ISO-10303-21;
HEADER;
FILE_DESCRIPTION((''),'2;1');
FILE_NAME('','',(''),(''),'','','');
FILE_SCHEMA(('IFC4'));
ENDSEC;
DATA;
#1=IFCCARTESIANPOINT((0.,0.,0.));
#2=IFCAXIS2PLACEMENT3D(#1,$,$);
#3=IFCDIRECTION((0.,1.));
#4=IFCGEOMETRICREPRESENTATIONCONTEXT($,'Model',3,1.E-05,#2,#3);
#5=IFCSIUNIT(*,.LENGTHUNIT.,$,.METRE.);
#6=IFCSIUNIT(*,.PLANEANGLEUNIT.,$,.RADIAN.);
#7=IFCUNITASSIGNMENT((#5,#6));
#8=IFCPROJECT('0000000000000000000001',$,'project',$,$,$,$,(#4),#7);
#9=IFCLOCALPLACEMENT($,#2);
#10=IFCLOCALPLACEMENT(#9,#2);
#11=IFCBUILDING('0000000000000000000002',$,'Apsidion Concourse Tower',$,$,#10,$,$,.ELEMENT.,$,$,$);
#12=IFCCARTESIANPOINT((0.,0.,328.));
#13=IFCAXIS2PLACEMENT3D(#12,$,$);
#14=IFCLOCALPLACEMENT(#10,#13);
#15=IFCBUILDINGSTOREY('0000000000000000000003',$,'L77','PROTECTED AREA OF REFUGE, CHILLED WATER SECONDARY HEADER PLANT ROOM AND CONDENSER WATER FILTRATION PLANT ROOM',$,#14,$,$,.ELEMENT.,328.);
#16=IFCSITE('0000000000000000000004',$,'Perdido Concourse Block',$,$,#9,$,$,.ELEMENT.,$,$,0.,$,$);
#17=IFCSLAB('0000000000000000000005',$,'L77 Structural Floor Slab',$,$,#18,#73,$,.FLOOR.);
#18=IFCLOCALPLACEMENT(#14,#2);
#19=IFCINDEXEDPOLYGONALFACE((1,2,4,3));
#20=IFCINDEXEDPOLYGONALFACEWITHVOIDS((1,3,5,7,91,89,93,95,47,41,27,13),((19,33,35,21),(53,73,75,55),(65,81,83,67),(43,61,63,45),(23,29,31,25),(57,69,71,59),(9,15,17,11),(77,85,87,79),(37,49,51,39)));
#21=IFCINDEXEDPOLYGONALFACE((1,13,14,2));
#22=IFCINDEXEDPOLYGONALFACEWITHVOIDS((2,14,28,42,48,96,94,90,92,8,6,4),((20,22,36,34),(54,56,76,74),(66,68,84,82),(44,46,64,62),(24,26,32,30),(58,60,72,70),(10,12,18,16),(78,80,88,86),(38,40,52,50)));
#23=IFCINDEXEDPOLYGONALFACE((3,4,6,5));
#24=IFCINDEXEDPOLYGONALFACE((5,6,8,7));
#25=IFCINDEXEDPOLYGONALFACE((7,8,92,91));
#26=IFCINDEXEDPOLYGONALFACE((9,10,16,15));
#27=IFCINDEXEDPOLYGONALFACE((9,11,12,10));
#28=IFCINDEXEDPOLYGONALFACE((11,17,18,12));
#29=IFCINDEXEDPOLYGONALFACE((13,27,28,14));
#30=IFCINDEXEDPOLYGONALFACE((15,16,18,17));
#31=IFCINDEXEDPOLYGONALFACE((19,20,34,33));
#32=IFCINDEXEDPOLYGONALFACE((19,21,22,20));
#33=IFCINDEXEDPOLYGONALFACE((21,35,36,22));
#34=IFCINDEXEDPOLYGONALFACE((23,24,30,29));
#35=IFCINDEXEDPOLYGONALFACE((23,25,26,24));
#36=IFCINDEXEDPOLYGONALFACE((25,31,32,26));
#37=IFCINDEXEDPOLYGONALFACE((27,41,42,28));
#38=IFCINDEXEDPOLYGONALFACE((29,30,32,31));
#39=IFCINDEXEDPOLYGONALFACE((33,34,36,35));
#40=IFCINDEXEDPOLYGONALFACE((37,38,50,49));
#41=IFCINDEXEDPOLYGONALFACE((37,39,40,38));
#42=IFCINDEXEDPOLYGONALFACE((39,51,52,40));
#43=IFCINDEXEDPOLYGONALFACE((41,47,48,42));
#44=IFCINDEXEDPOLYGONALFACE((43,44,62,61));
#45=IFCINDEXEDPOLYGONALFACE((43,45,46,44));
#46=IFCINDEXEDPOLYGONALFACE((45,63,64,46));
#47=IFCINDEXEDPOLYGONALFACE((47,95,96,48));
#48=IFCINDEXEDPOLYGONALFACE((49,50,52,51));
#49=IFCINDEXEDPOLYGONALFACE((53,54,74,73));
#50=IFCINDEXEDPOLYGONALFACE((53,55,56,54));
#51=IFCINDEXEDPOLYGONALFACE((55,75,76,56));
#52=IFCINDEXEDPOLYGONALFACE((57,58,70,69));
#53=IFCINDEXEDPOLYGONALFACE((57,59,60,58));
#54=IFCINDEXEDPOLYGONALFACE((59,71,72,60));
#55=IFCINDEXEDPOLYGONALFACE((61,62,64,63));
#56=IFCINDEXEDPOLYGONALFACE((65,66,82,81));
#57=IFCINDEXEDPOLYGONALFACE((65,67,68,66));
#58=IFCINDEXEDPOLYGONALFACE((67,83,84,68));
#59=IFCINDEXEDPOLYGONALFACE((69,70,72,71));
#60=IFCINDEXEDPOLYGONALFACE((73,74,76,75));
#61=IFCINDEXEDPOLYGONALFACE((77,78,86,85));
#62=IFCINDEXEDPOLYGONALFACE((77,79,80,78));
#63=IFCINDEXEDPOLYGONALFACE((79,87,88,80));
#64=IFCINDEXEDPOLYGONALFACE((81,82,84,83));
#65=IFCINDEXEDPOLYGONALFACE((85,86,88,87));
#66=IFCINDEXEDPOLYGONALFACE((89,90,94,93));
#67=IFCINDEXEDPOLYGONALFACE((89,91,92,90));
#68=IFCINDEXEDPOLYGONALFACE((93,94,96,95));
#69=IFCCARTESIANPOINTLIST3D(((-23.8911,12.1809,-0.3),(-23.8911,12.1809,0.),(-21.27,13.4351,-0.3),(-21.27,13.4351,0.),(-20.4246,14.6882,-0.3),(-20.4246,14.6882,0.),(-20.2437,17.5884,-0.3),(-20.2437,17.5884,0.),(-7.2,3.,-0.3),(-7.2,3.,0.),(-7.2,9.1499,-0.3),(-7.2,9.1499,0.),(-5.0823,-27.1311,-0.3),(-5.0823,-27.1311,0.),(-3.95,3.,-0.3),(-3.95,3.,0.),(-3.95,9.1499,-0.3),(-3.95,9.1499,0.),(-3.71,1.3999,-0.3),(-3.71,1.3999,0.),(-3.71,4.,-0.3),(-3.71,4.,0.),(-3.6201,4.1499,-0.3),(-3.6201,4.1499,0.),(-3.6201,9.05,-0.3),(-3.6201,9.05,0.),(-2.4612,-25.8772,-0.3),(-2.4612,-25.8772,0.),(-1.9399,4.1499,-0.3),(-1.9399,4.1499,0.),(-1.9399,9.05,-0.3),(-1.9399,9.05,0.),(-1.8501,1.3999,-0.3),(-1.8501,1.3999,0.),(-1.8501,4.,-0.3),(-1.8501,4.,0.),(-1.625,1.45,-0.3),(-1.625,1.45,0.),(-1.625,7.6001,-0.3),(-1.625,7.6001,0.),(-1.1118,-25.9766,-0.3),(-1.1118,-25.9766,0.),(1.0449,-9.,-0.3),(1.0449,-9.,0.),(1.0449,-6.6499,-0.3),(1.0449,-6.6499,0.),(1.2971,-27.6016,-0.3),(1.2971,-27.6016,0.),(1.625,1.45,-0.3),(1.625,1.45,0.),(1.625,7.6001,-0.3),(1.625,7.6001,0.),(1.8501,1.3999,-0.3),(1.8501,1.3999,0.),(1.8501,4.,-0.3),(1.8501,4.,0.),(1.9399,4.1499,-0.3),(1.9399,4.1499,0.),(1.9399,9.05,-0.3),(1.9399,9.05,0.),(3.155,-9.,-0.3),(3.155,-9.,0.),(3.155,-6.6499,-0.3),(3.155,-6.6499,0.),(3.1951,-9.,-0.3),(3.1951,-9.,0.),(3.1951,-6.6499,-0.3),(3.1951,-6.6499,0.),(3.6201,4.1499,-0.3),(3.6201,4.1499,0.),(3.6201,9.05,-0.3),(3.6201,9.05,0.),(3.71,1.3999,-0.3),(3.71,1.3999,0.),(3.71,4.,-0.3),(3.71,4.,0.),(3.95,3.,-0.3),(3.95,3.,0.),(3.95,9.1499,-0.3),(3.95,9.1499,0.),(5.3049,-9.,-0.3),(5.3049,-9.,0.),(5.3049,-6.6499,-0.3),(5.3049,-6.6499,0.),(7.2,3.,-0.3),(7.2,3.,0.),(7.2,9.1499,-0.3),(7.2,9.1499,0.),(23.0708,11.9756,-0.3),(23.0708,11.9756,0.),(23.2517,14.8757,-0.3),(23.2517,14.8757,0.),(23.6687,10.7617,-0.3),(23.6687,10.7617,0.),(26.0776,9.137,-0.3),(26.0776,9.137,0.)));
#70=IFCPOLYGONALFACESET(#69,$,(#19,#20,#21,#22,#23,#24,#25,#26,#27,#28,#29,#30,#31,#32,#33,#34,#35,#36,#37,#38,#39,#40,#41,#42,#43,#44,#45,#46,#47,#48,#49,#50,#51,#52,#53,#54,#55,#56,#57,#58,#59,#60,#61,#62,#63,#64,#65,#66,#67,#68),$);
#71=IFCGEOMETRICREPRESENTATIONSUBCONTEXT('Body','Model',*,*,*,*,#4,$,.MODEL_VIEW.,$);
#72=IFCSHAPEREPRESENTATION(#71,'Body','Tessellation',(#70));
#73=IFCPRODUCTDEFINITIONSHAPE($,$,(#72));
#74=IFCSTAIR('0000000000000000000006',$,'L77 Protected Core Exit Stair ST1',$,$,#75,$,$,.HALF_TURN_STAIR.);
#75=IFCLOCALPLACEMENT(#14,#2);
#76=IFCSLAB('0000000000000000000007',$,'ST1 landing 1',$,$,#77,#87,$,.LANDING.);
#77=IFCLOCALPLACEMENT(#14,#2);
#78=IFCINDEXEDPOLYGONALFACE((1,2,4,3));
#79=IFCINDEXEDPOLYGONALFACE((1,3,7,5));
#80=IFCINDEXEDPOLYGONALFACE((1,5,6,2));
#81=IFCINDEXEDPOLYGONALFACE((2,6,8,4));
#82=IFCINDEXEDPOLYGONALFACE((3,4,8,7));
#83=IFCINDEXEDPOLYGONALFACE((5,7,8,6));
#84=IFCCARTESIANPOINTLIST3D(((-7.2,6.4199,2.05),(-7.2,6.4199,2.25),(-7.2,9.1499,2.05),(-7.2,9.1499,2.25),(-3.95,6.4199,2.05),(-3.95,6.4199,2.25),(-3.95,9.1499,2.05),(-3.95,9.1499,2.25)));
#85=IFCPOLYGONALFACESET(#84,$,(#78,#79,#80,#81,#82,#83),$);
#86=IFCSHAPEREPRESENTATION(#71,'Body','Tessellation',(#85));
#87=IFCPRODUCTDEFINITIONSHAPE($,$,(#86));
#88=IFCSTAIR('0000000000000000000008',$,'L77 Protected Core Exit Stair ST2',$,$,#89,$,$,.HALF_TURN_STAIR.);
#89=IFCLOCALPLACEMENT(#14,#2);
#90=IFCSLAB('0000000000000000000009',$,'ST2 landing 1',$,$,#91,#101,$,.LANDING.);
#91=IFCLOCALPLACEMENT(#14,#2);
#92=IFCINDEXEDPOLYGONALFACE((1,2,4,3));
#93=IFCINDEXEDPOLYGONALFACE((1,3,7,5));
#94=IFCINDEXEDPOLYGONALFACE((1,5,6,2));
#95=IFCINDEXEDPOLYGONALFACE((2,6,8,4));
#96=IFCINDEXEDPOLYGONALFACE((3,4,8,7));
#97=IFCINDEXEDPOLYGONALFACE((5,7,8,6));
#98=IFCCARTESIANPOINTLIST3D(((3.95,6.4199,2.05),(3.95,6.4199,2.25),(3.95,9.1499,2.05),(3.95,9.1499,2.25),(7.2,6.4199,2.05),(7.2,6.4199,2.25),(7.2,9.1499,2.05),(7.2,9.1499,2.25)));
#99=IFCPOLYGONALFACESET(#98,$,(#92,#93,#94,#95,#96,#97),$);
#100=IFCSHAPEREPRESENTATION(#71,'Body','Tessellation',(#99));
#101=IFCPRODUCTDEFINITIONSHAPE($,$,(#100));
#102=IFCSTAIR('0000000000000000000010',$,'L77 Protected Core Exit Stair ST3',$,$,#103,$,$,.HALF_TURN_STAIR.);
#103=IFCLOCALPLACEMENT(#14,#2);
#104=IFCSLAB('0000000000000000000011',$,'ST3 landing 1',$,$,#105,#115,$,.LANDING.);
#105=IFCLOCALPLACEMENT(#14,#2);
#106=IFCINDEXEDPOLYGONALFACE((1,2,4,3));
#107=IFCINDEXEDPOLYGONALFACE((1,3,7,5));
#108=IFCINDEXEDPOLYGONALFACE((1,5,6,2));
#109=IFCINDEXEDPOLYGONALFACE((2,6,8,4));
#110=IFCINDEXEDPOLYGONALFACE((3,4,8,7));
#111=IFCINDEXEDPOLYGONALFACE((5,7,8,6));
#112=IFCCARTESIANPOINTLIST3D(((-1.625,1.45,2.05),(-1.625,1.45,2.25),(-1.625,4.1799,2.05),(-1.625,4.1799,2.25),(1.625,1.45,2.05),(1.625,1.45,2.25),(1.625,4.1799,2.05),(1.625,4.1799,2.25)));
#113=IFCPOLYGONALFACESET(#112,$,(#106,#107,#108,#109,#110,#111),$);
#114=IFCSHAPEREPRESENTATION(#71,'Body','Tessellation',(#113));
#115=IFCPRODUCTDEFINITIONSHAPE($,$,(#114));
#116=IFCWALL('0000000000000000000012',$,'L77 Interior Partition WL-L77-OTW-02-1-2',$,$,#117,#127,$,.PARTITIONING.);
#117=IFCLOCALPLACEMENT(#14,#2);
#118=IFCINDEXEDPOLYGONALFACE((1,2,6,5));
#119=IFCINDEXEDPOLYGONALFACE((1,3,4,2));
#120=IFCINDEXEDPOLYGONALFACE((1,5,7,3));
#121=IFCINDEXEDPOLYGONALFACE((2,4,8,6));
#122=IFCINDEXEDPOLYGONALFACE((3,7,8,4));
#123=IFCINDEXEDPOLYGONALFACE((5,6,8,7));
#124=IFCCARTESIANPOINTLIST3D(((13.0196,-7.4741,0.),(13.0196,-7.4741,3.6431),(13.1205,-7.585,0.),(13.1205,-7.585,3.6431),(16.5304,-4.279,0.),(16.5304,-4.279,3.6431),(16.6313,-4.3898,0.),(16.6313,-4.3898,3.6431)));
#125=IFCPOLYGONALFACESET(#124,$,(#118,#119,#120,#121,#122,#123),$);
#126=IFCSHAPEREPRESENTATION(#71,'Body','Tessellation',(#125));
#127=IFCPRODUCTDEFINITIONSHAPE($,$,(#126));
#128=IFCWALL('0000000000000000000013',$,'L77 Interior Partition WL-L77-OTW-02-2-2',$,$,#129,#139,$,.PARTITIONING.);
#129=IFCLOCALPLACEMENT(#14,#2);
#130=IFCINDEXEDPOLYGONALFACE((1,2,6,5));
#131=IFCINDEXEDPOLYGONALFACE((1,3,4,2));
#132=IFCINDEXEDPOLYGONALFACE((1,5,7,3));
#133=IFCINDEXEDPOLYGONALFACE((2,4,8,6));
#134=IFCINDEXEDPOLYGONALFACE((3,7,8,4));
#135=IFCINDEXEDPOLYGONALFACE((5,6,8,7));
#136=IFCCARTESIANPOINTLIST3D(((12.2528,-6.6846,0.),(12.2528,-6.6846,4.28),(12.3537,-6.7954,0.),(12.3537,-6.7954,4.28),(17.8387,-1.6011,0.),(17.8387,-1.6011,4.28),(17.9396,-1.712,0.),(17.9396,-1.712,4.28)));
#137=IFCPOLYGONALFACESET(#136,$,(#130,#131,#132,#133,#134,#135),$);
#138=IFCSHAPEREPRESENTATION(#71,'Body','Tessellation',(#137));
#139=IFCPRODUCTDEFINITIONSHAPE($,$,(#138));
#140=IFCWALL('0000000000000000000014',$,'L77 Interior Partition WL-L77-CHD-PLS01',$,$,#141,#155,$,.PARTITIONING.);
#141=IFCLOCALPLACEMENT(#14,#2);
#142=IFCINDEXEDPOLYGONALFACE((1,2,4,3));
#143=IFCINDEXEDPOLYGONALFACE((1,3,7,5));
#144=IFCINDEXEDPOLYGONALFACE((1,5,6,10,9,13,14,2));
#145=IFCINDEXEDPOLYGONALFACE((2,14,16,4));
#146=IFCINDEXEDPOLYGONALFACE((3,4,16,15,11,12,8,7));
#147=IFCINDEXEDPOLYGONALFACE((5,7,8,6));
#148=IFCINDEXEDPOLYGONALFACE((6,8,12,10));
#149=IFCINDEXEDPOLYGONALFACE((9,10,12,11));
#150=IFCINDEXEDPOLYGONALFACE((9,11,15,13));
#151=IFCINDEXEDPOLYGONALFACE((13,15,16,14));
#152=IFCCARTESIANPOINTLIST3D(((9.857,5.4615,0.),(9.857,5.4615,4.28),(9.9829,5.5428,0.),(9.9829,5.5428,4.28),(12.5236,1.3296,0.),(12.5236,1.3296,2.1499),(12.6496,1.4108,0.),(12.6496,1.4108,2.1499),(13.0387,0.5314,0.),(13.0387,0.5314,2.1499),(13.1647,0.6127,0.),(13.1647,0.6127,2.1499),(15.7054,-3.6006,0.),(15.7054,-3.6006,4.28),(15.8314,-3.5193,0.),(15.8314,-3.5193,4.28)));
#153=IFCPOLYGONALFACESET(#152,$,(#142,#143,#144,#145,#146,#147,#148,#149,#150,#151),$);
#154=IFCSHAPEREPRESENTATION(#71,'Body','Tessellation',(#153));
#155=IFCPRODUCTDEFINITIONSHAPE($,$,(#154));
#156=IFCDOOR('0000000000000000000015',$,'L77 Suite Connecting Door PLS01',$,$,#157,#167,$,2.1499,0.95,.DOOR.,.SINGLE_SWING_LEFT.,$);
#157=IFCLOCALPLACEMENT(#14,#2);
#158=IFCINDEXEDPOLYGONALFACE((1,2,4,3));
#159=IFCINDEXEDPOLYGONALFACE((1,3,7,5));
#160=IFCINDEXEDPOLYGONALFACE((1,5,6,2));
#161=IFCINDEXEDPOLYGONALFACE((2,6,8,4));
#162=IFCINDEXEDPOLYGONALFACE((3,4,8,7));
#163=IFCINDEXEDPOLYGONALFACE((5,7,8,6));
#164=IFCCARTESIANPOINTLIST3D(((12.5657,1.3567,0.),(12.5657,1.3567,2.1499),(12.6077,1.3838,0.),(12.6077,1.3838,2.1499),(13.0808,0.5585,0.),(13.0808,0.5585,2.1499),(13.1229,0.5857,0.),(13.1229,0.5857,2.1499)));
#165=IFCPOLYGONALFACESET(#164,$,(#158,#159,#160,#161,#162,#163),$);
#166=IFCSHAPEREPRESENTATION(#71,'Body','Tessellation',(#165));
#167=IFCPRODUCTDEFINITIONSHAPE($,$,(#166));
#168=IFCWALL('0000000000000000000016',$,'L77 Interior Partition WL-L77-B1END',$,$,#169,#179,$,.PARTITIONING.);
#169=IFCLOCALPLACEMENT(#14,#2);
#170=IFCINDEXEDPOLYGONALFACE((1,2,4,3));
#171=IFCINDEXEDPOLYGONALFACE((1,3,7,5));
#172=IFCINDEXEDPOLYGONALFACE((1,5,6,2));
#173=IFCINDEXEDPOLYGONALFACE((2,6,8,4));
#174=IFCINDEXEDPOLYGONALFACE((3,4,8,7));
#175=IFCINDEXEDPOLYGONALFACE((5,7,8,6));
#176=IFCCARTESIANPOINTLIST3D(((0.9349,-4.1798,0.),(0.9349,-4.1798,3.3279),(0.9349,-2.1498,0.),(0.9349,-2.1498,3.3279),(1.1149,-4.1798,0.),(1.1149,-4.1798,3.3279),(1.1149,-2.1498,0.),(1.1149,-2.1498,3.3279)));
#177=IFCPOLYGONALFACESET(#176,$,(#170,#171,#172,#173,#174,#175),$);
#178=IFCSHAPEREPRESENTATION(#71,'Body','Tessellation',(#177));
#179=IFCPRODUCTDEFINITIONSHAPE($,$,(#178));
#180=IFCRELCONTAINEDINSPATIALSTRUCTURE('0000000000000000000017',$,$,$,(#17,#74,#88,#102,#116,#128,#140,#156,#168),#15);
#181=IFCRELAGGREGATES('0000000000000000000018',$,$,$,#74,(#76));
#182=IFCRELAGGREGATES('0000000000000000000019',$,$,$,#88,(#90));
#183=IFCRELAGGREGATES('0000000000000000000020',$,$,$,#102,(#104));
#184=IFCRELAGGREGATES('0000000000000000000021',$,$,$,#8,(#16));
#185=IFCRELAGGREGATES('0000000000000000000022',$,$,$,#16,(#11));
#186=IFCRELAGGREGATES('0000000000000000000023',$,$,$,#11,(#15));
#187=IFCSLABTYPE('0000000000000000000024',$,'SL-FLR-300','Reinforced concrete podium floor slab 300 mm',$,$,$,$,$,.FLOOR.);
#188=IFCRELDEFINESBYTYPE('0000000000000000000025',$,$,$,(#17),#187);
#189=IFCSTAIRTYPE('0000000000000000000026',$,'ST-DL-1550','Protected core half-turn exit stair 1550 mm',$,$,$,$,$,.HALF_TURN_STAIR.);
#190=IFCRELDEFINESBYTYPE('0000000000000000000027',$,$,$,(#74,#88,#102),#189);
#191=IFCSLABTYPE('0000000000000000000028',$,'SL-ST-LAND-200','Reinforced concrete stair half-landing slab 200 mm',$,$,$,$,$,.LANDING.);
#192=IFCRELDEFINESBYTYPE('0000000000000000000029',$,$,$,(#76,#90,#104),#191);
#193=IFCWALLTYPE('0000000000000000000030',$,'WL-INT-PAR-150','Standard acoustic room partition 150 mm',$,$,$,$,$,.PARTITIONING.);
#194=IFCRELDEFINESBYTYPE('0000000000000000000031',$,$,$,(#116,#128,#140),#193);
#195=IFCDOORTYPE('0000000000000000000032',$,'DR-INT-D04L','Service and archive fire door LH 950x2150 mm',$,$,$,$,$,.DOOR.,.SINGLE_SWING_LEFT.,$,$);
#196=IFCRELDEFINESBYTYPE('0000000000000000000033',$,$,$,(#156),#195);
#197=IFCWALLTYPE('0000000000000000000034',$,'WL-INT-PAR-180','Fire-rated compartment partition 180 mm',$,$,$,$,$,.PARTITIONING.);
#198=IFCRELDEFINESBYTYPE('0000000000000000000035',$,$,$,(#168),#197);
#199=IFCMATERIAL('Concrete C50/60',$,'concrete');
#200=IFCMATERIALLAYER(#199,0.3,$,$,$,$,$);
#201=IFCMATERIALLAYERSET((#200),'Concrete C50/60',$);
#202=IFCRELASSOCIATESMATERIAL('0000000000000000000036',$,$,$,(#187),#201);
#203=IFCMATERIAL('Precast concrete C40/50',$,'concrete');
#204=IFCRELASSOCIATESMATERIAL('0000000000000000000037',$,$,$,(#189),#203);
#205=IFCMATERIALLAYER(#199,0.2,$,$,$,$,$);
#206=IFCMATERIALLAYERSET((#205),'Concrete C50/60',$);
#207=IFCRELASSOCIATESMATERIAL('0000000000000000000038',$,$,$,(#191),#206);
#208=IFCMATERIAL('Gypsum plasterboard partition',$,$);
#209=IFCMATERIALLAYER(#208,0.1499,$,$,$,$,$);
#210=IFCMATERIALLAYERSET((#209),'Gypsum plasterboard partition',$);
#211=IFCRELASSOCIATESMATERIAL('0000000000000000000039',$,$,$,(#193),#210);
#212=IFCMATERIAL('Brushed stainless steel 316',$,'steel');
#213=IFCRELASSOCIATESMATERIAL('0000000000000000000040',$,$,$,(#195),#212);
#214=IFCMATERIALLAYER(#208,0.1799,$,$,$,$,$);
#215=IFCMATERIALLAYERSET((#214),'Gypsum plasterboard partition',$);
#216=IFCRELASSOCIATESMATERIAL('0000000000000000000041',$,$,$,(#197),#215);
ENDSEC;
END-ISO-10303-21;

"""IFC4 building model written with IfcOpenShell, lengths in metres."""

from ifc_helpers import new_model, si_unit, direction, frame, frame_2d, origin, place, context, subcontext, project, spatial, polyline, rectangle, outline, extrude, material, layer, layer_set, type_object, element, fill, aggregate, save


model = new_model("IFC4")

# Units and contexts
model_context = context("Model", 3, precision=1e-05, world=origin(), true_north=direction((0.0, 1.0)))
body_context = subcontext(model_context, "Body", "Model", "MODEL_VIEW")
ifc_project = project(units=[si_unit("LENGTHUNIT", "METRE"), si_unit("PLANEANGLEUNIT", "RADIAN")], contexts=[model_context])

# Site, building, storey
site_placement = place(None, origin())
site = spatial("IfcSite", under=ifc_project, at=site_placement, Name="Perdido Concourse Block", CompositionType="ELEMENT", RefElevation=0.0)
building_placement = place(site_placement, origin())
building = spatial("IfcBuilding", under=site, at=building_placement, Name="Apsidion Concourse Tower", CompositionType="ELEMENT")
storey_placement = place(building_placement, frame((0.0, 0.0, 328.0)))
storey = spatial("IfcBuildingStorey", under=building, at=storey_placement, Name="L77", Description="PROTECTED AREA OF REFUGE, CHILLED WATER SECONDARY HEADER PLANT ROOM AND CONDENSER WATER FILTRATION PLANT ROOM", CompositionType="ELEMENT", Elevation=328.0)

# Shared definitions
ifc_material_1 = material(Name="Concrete C50/60", Category="concrete")

# Slab
ifc_layer_1 = layer(ifc_material_1, 0.3)
ifc_layer_set_1 = layer_set([ifc_layer_1], Name="Concrete C50/60")
slab_type_1 = type_object("IfcSlabType", Name="SL-FLR-300", Description="Reinforced concrete podium floor slab 300 mm", PredefinedType="FLOOR", material=ifc_layer_set_1)
slab_1_placement = place(storey_placement, frame((0.0, 0.0, -0.3)))
element("IfcSlab", 1, at=slab_1_placement, inside=storey, type_object=slab_type_1, Name="L77 Structural Floor Slab", PredefinedType="FLOOR", context=body_context, shape_type="SweptSolid", body=[
    extrude(outline(polyline([(-20.2437, 17.5884), (-20.4246, 14.6882), (-21.27, 13.4351), (-23.8911, 12.1809), (-5.0823, -27.1311), (-2.4612, -25.8772), (-1.1118, -25.9766), (1.2971, -27.6016), (26.0776, 9.137), (23.6687, 10.7617), (23.0708, 11.9756), (23.2517, 14.8757), (-20.2437, 17.5884)]), holes=[polyline([(-3.95, 3.0), (-3.95, 9.1499), (-7.2, 9.1499), (-7.2, 3.0), (-3.95, 3.0)]), polyline([(7.2, 3.0), (7.2, 9.1499), (3.95, 9.1499), (3.95, 3.0), (7.2, 3.0)]), polyline([(-1.625, 7.6001), (-1.625, 1.45), (1.625, 1.45), (1.625, 7.6001), (-1.625, 7.6001)]), polyline([(1.0449, -9.0), (3.155, -9.0), (3.155, -6.6499), (1.0449, -6.6499), (1.0449, -9.0)]), polyline([(3.1951, -9.0), (5.3049, -9.0), (5.3049, -6.6499), (3.1951, -6.6499), (3.1951, -9.0)]), polyline([(-3.71, 1.3999), (-1.8501, 1.3999), (-1.8501, 4.0), (-3.71, 4.0), (-3.71, 1.3999)]), polyline([(1.8501, 1.3999), (3.71, 1.3999), (3.71, 4.0), (1.8501, 4.0), (1.8501, 1.3999)]), polyline([(-3.6201, 4.1499), (-1.9399, 4.1499), (-1.9399, 9.05), (-3.6201, 9.05), (-3.6201, 4.1499)]), polyline([(1.9399, 4.1499), (3.6201, 4.1499), (3.6201, 9.05), (1.9399, 9.05), (1.9399, 4.1499)])]), origin(), (0.0, 0.0, 1.0), 0.3),
])

# Stairs, slabs
ifc_material_2 = material(Name="Precast concrete C40/50", Category="concrete")
stair_type = type_object("IfcStairType", Name="ST-DL-1550", Description="Protected core half-turn exit stair 1550 mm", PredefinedType="HALF_TURN_STAIR", material=ifc_material_2)
stair_1_placement = place(storey_placement, origin())
stair_1 = element("IfcStair", 2, at=stair_1_placement, inside=storey, type_object=stair_type, Name="L77 Protected Core Exit Stair ST1", PredefinedType="HALF_TURN_STAIR")
ifc_layer_2 = layer(ifc_material_1, 0.2)
ifc_layer_set_2 = layer_set([ifc_layer_2], Name="Concrete C50/60")
slab_type_2 = type_object("IfcSlabType", Name="SL-ST-LAND-200", Description="Reinforced concrete stair half-landing slab 200 mm", PredefinedType="LANDING", material=ifc_layer_set_2)
slab_2_placement = place(storey_placement, frame((0.0, 0.0, 2.05)))
slab_2 = element("IfcSlab", 3, at=slab_2_placement, type_object=slab_type_2, Name="ST1 landing 1", PredefinedType="LANDING", context=body_context, shape_type="SweptSolid", body=[
    extrude(outline(polyline([(-3.95, 6.4199), (-3.95, 9.1499), (-7.2, 9.1499), (-7.2, 6.4199), (-3.95, 6.4199)])), origin(), (0.0, 0.0, 1.0), 0.2),
])
aggregate(stair_1, [slab_2])
stair_2_placement = place(storey_placement, origin())
stair_2 = element("IfcStair", 4, at=stair_2_placement, inside=storey, type_object=stair_type, Name="L77 Protected Core Exit Stair ST2", PredefinedType="HALF_TURN_STAIR")
slab_3_placement = place(storey_placement, frame((0.0, 0.0, 2.05)))
slab_3 = element("IfcSlab", 5, at=slab_3_placement, type_object=slab_type_2, Name="ST2 landing 1", PredefinedType="LANDING", context=body_context, shape_type="SweptSolid", body=[
    extrude(outline(polyline([(7.2, 6.4199), (7.2, 9.1499), (3.95, 9.1499), (3.95, 6.4199), (7.2, 6.4199)])), origin(), (0.0, 0.0, 1.0), 0.2),
])
aggregate(stair_2, [slab_3])
stair_3_placement = place(storey_placement, origin())
stair_3 = element("IfcStair", 6, at=stair_3_placement, inside=storey, type_object=stair_type, Name="L77 Protected Core Exit Stair ST3", PredefinedType="HALF_TURN_STAIR")
slab_4_placement = place(storey_placement, frame((0.0, 0.0, 2.05)))
slab_4 = element("IfcSlab", 7, at=slab_4_placement, type_object=slab_type_2, Name="ST3 landing 1", PredefinedType="LANDING", context=body_context, shape_type="SweptSolid", body=[
    extrude(outline(polyline([(-1.625, 4.1799), (-1.625, 1.45), (1.625, 1.45), (1.625, 4.1799), (-1.625, 4.1799)])), origin(), (0.0, 0.0, 1.0), 0.2),
])
aggregate(stair_3, [slab_4])

# Walls
ifc_material_3 = material(Name="Gypsum plasterboard partition")
ifc_layer_3 = layer(ifc_material_3, 0.1499)
ifc_layer_set_3 = layer_set([ifc_layer_3], Name="Gypsum plasterboard partition")
wall_type_1 = type_object("IfcWallType", Name="WL-INT-PAR-150", Description="Standard acoustic room partition 150 mm", PredefinedType="PARTITIONING", material=ifc_layer_set_3)
wall_1_placement = place(storey_placement, frame((13.0701, -7.5295, 0.0), z_axis=(0.0, 0.0, 1.0), x_axis=(0.739575, 0.673075, 0.0)))
element("IfcWall", 8, at=wall_1_placement, inside=storey, type_object=wall_type_1, Name="L77 Interior Partition WL-L77-OTW-02-1-2", PredefinedType="PARTITIONING", context=body_context, shape_type="SweptSolid", body=[
    extrude(rectangle(XDim=4.7471, YDim=0.1499, at=frame_2d((2.3735, 0.0))), origin(), (0.0, 0.0, 1.0), 3.6431),
])
wall_2_placement = place(storey_placement, frame((12.3032, -6.74, 0.0), z_axis=(0.0, 0.0, 1.0), x_axis=(0.739586, 0.673062, 0.0)))
element("IfcWall", 9, at=wall_2_placement, inside=storey, type_object=wall_type_1, Name="L77 Interior Partition WL-L77-OTW-02-2-2", PredefinedType="PARTITIONING", context=body_context, shape_type="SweptSolid", body=[
    extrude(rectangle(XDim=7.5527, YDim=0.1499, at=frame_2d((3.7764, 0.0))), origin(), (0.0, 0.0, 1.0), 4.28),
])

# Wall, opening, door
wall_3_placement = place(storey_placement, frame((15.7683, -3.5598, 0.0), z_axis=(0.0, 0.0, 1.0), x_axis=(-0.542253, 0.840215, 0.0)))
wall_3 = element("IfcWall", 10, at=wall_3_placement, inside=storey, type_object=wall_type_1, Name="L77 Interior Partition WL-L77-CHD-PLS01", PredefinedType="PARTITIONING", context=body_context, shape_type="SweptSolid", body=[
    extrude(rectangle(XDim=10.7854, YDim=0.1499, at=frame_2d((5.3926, 0.0))), origin(), (0.0, 0.0, 1.0), 4.28),
])
opening_1_placement = place(wall_3_placement, frame((4.9175, 0.0, 0.0)))
opening_1 = element("IfcOpeningElement", 11, at=opening_1_placement, cuts=wall_3, PredefinedType="OPENING", context=body_context, shape_type="SweptSolid", body=[
    extrude(rectangle(XDim=0.95, YDim=2.1499, at=frame_2d((0.4751, 1.075))), frame((0.0, 0.085, 0.0), z_axis=(0.0, -1.0, 0.0), x_axis=(1.0, 0.0, 0.0)), (0.0, 0.0, 1.0), 0.1699),
])
ifc_material_4 = material(Name="Brushed stainless steel 316", Category="steel")
door_type_1 = type_object("IfcDoorType", Name="DR-INT-D04L", Description="Service and archive fire door LH 950x2150 mm", OperationType="SINGLE_SWING_LEFT", PredefinedType="DOOR", material=ifc_material_4)
door_1_placement = place(opening_1_placement, origin())
door_1 = element("IfcDoor", 12, at=door_1_placement, inside=storey, type_object=door_type_1, Name="L77 Suite Connecting Door PLS01", OperationType="SINGLE_SWING_LEFT", OverallHeight=2.1499, OverallWidth=0.95, PredefinedType="DOOR", context=body_context, shape_type="SweptSolid", body=[
    extrude(rectangle(XDim=0.95, YDim=2.1499, at=frame_2d((0.4751, 1.075))), frame((0.0, 0.0249, 0.0), z_axis=(0.0, -1.0, 0.0), x_axis=(1.0, 0.0, 0.0)), (0.0, 0.0, 1.0), 0.05),
])
fill(opening_1, door_1)

# Wall
ifc_layer_4 = layer(ifc_material_3, 0.1799)
ifc_layer_set_4 = layer_set([ifc_layer_4], Name="Gypsum plasterboard partition")
wall_type_2 = type_object("IfcWallType", Name="WL-INT-PAR-180", Description="Fire-rated compartment partition 180 mm", PredefinedType="PARTITIONING", material=ifc_layer_set_4)
wall_4_placement = place(storey_placement, frame((1.0249, -4.1799, 0.0), z_axis=(0.0, 0.0, 1.0), x_axis=(0.0, 1.0, 0.0)))
element("IfcWall", 13, at=wall_4_placement, inside=storey, type_object=wall_type_2, Name="L77 Interior Partition WL-L77-B1END", PredefinedType="PARTITIONING", context=body_context, shape_type="SweptSolid", body=[
    extrude(rectangle(XDim=2.03, YDim=0.1799, at=frame_2d((1.0151, 0.0))), origin(), (0.0, 0.0, 1.0), 3.3279),
])

save(model, "model.ifc")
